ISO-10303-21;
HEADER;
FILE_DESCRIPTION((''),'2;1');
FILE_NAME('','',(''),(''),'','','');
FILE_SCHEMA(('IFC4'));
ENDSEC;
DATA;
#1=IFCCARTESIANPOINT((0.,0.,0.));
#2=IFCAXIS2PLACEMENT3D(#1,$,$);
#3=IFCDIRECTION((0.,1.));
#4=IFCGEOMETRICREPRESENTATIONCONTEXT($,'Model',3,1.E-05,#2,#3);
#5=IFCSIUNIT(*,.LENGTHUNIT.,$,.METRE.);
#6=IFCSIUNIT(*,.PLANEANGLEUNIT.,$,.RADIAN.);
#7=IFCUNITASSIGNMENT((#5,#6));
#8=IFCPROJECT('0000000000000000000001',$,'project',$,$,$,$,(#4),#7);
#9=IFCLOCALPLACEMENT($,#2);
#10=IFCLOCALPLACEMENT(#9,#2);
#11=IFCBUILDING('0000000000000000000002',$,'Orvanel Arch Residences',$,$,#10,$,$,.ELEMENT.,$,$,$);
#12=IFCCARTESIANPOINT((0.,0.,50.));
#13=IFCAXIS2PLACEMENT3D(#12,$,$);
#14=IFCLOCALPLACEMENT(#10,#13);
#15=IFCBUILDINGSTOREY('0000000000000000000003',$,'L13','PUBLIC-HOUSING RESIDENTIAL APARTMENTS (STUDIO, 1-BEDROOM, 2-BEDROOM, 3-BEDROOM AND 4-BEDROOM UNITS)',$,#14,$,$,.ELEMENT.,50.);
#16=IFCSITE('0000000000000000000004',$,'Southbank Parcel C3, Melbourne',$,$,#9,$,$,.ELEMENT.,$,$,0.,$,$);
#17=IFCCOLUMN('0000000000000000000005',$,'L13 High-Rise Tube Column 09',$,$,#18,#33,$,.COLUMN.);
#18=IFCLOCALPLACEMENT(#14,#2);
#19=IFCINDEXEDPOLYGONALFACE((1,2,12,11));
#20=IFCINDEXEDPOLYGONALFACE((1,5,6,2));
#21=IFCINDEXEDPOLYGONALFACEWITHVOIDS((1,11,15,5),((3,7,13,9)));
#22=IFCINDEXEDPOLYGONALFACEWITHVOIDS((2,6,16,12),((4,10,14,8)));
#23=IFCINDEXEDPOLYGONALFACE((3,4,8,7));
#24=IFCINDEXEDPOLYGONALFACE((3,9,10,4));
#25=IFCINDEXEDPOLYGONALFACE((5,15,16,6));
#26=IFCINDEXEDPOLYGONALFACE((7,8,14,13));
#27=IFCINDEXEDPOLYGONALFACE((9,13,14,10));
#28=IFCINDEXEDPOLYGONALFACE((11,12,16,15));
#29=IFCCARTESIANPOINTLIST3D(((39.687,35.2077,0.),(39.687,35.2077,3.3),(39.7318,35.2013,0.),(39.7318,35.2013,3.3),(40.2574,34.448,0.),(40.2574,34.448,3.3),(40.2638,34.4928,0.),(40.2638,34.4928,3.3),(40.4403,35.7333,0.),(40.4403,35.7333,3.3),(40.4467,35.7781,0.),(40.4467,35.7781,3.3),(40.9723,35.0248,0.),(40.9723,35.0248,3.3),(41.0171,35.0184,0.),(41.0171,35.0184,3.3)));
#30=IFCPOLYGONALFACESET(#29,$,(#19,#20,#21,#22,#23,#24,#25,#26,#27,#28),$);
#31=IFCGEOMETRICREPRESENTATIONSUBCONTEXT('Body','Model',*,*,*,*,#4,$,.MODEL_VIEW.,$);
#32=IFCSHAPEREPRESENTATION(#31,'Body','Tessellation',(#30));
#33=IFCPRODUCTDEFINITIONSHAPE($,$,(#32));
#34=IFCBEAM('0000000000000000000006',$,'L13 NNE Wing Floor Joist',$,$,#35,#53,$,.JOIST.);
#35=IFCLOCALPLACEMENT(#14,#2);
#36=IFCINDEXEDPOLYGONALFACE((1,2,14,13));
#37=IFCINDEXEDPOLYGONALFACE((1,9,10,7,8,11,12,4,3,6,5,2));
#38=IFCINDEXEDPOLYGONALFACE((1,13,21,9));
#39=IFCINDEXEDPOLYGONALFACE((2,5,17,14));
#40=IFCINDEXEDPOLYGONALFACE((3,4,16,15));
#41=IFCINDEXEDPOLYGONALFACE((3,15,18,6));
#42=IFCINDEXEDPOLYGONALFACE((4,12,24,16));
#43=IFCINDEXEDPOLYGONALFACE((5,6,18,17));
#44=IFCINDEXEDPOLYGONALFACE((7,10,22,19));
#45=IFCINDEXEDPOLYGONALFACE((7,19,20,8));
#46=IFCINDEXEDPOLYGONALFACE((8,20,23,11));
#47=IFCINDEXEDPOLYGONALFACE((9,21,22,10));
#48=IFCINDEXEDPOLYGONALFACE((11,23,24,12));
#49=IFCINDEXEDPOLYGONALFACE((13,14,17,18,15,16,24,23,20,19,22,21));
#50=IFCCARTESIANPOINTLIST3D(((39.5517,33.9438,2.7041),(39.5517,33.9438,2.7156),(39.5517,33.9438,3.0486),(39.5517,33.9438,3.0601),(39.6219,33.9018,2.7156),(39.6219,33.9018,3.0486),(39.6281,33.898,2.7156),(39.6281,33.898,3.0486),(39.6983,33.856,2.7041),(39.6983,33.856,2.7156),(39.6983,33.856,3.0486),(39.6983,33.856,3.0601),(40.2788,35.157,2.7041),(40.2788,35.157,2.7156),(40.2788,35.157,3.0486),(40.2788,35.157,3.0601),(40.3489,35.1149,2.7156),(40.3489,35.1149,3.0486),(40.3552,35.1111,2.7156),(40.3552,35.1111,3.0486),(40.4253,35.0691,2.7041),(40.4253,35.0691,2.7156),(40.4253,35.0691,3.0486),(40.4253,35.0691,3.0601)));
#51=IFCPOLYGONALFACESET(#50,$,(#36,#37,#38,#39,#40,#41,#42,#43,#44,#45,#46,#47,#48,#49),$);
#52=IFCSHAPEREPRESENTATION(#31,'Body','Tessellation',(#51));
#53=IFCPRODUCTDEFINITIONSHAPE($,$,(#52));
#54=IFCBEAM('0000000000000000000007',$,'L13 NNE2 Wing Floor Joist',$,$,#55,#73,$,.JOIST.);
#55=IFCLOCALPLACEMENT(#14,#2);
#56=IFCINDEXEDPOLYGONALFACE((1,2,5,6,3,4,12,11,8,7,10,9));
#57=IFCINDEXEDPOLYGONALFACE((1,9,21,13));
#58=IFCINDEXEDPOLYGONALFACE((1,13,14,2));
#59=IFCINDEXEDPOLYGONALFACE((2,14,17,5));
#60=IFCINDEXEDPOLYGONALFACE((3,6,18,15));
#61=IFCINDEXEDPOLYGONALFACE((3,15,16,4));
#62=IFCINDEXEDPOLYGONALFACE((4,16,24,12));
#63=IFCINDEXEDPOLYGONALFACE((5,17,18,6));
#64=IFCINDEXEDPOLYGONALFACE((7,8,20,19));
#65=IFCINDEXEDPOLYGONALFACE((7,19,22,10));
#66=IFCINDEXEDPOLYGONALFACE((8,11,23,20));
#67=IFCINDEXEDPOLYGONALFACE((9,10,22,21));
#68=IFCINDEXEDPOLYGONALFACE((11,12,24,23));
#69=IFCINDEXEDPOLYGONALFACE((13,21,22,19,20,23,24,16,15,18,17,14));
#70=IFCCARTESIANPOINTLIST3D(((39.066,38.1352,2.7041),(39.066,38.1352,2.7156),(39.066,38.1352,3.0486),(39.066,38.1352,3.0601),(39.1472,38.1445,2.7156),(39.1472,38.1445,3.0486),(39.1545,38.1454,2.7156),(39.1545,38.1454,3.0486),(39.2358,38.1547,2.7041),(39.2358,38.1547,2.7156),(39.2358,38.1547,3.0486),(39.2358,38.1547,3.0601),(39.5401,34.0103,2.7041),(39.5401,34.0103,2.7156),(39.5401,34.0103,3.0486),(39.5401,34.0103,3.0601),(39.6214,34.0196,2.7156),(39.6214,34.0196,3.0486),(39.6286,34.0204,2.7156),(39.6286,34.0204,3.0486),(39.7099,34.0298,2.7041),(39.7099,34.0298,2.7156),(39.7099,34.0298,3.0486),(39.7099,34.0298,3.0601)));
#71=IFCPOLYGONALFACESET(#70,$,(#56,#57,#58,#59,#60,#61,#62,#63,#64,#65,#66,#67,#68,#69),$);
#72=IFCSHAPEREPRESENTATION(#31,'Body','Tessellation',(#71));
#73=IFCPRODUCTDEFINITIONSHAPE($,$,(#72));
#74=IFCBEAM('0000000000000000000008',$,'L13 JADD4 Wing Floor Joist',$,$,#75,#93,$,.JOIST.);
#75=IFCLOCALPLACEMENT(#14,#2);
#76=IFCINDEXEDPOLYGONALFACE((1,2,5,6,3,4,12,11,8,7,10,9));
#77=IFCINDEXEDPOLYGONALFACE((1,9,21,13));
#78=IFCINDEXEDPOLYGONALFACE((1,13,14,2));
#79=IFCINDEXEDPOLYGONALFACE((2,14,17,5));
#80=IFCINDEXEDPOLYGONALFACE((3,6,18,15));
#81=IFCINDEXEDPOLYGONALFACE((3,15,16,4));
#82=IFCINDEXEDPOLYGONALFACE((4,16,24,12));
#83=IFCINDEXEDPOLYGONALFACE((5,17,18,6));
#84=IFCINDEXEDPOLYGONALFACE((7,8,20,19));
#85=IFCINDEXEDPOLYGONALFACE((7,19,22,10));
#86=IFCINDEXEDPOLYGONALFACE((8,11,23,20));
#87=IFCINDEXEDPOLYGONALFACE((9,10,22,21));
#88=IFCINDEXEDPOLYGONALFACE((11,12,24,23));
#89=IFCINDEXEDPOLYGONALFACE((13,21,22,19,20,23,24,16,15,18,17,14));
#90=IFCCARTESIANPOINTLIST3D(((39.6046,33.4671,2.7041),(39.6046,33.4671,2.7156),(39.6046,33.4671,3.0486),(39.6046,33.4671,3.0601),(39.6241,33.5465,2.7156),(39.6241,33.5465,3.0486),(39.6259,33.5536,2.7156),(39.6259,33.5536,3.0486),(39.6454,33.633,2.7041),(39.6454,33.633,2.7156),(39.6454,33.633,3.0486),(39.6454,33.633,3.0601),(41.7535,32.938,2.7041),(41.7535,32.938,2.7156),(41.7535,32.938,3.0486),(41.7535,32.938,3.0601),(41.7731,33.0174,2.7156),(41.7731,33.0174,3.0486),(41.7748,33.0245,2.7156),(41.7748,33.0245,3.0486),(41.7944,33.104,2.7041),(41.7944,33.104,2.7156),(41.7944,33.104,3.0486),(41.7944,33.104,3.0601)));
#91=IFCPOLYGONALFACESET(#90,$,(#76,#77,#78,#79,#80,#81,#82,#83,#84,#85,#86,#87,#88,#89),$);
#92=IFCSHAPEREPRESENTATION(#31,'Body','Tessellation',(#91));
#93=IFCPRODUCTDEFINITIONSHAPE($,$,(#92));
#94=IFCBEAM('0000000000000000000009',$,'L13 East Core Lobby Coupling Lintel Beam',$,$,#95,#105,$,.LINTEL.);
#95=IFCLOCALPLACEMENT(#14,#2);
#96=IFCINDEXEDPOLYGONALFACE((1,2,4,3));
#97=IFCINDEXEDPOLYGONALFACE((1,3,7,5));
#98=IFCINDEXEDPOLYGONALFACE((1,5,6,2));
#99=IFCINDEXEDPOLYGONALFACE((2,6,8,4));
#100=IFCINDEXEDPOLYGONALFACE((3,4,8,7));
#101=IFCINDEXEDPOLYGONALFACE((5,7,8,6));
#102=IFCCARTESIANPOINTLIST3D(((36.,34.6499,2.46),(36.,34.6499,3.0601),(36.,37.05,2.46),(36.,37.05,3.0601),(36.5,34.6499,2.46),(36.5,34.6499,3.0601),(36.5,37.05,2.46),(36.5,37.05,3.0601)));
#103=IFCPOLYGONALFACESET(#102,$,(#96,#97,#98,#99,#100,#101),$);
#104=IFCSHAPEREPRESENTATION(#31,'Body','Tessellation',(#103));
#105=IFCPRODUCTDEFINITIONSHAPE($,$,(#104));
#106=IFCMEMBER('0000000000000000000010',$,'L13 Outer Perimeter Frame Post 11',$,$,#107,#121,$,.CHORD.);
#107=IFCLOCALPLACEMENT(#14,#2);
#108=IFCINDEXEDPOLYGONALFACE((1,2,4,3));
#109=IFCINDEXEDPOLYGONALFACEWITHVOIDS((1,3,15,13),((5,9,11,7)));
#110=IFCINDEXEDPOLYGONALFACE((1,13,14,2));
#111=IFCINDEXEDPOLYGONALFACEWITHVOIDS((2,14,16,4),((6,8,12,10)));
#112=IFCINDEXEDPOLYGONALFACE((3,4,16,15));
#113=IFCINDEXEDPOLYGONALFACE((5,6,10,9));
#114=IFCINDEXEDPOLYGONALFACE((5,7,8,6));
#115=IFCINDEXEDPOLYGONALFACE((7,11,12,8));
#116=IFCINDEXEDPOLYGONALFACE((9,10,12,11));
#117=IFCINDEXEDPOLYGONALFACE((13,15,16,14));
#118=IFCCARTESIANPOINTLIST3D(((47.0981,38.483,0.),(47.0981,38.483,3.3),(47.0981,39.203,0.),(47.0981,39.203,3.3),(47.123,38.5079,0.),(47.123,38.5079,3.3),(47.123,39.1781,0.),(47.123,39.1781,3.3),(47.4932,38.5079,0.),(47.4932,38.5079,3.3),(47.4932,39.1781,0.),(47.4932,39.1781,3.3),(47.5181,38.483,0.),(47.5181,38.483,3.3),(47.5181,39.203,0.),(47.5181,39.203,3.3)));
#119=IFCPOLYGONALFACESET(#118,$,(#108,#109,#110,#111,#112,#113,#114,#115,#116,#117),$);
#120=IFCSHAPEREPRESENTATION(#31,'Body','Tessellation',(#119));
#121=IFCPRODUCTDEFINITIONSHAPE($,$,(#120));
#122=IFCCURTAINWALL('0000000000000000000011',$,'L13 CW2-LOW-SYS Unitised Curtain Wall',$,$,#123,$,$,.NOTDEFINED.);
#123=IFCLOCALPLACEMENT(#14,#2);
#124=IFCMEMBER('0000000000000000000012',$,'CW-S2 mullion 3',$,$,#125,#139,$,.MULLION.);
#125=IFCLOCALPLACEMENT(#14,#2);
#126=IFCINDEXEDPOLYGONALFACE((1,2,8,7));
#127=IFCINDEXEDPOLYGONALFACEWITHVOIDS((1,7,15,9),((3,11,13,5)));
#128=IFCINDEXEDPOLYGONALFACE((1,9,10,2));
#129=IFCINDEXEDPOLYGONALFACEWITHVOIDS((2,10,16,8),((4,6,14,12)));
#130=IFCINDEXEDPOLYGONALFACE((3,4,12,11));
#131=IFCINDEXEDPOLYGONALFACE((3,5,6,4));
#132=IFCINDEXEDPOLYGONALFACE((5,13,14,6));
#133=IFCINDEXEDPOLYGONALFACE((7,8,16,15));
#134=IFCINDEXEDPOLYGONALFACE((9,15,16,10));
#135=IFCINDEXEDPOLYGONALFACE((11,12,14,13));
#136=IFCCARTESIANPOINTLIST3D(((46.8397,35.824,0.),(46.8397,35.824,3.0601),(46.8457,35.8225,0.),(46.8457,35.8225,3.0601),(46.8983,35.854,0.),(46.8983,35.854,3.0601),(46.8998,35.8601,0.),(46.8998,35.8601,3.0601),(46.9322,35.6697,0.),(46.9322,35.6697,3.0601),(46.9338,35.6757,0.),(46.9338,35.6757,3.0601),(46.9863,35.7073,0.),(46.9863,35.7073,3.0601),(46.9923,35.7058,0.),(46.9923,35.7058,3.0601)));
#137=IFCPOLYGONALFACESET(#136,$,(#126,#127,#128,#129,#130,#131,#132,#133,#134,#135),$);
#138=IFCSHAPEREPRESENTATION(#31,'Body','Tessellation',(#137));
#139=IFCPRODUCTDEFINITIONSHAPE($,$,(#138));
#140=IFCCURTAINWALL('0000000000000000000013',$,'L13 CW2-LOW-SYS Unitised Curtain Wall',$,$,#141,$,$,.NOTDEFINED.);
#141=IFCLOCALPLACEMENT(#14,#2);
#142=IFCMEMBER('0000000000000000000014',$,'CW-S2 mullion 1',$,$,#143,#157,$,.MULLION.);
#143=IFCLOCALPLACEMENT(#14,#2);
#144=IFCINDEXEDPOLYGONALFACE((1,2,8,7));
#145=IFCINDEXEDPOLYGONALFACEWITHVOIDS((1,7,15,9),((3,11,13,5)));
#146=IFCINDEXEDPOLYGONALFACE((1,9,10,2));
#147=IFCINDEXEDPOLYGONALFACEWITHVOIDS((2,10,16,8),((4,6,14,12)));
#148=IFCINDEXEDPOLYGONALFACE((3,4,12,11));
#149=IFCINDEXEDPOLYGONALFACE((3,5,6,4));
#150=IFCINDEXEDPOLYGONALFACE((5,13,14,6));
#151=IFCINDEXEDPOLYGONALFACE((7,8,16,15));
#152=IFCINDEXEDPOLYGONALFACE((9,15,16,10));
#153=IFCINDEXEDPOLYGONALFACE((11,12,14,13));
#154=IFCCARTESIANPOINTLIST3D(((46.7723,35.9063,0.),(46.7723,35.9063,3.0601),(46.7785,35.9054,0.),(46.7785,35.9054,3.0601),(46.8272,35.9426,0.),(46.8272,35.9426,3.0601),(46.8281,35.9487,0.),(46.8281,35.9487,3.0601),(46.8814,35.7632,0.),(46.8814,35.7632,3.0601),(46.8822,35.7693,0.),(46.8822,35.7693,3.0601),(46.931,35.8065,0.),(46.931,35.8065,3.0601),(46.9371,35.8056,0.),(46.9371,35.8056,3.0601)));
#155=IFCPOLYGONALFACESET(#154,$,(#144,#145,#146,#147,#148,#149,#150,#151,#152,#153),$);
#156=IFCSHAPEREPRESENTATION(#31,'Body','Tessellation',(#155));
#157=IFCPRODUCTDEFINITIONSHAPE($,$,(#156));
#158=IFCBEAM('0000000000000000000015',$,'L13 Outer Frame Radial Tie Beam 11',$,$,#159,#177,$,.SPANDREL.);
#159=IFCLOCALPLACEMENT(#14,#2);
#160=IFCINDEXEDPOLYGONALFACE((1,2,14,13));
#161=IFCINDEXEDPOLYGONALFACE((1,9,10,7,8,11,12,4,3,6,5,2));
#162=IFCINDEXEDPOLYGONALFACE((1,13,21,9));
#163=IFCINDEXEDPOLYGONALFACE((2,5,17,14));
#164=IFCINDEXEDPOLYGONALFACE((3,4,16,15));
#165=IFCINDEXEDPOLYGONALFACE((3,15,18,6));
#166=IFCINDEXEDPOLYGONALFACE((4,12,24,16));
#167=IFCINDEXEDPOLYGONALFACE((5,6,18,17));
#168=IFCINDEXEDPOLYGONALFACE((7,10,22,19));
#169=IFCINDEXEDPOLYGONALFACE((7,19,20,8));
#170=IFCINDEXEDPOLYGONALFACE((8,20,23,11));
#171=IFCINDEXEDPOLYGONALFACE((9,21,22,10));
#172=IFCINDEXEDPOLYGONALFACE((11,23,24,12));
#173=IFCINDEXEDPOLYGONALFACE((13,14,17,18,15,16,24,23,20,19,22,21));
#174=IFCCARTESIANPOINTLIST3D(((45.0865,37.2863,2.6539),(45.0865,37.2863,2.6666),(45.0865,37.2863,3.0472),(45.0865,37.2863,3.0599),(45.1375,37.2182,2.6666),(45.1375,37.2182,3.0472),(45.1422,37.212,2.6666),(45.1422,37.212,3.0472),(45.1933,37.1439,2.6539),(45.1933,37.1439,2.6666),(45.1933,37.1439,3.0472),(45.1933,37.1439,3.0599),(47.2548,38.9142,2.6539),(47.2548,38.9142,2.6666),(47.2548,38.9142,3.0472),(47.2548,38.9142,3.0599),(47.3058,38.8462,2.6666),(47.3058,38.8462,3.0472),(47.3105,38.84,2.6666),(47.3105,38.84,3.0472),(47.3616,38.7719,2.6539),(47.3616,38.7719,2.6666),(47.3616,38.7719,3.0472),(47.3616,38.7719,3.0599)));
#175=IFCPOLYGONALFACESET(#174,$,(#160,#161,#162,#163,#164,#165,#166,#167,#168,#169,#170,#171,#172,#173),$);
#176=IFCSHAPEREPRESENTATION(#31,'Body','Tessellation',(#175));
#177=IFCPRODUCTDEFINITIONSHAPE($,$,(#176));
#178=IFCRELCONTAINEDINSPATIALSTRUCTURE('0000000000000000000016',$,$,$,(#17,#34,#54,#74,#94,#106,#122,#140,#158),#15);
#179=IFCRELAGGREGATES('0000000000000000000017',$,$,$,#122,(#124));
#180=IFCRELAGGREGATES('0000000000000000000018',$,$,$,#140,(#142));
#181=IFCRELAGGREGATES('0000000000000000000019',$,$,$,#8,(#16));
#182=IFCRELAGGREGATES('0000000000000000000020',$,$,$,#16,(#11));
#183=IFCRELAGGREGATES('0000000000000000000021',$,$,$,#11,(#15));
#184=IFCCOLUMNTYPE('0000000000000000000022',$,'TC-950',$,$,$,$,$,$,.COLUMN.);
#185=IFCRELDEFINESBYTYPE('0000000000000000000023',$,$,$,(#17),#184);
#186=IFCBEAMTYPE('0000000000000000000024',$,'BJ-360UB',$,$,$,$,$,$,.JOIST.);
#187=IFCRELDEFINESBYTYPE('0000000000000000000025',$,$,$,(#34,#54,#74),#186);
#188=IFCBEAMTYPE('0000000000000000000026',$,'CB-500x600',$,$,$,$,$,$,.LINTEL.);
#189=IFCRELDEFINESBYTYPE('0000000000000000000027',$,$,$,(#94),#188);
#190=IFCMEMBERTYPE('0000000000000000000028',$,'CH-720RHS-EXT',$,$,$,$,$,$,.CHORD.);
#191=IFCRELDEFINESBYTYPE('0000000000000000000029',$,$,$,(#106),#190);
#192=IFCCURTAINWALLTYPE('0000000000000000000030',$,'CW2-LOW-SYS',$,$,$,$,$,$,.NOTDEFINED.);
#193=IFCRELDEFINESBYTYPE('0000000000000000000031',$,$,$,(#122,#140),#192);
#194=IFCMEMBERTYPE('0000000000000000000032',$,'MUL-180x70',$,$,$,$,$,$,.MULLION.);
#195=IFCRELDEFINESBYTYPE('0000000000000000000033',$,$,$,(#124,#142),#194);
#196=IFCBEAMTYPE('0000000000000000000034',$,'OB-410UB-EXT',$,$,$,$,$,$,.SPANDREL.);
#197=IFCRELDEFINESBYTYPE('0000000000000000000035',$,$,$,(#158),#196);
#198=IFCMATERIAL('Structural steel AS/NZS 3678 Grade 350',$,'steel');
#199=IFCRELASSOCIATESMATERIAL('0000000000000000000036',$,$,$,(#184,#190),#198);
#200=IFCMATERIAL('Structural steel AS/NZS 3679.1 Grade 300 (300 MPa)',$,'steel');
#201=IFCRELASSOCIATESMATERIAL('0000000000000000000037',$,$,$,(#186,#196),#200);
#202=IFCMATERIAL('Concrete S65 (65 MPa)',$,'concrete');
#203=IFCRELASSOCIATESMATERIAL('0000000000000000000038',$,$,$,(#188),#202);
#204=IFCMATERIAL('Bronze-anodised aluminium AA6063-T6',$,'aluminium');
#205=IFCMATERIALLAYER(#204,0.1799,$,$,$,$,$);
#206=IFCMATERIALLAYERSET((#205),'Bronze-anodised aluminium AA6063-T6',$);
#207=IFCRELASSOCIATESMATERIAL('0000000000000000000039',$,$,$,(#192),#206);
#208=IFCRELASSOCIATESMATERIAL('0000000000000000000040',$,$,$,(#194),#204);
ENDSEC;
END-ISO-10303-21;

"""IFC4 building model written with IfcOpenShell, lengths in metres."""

from ifc_helpers import new_model, si_unit, direction, frame, origin, origin_2d, place, context, subcontext, project, spatial, rectangle, hollow_rectangle, i_section, extrude, material, layer, layer_set, material_profile, profile_set, type_object, element, aggregate, save


model = new_model("IFC4")

# Units and contexts
model_context = context("Model", 3, precision=1e-05, world=origin(), true_north=direction((0.0, 1.0)))
body_context = subcontext(model_context, "Body", "Model", "MODEL_VIEW")
ifc_project = project(units=[si_unit("LENGTHUNIT", "METRE"), si_unit("PLANEANGLEUNIT", "RADIAN")], contexts=[model_context])

# Site, building, storey
site_placement = place(None, origin())
site = spatial("IfcSite", under=ifc_project, at=site_placement, Name="Southbank Parcel C3, Melbourne", CompositionType="ELEMENT", RefElevation=0.0)
building_placement = place(site_placement, origin())
building = spatial("IfcBuilding", under=site, at=building_placement, Name="Orvanel Arch Residences", CompositionType="ELEMENT")
storey_placement = place(building_placement, frame((0.0, 0.0, 50.0)))
storey = spatial("IfcBuildingStorey", under=building, at=storey_placement, Name="L13", Description="PUBLIC-HOUSING RESIDENTIAL APARTMENTS (STUDIO, 1-BEDROOM, 2-BEDROOM, 3-BEDROOM AND 4-BEDROOM UNITS)", CompositionType="ELEMENT", Elevation=50.0)

# Column
ifc_material_1 = material(Name="Structural steel AS/NZS 3678 Grade 350", Category="steel")
ifc_material_profile_1 = material_profile(ifc_material_1, hollow_rectangle(XDim=0.95, YDim=0.95, WallThickness=0.032, at=origin_2d()), Name="BOX950x950x32")
ifc_profile_set_1 = profile_set([ifc_material_profile_1], Name="Structural steel AS/NZS 3678 Grade 350")
column_type = type_object("IfcColumnType", Name="TC-950", PredefinedType="COLUMN", material=ifc_profile_set_1)
column_placement = place(storey_placement, frame((40.3521, 35.113, 0.0), z_axis=(0.0, 0.0, 1.0), x_axis=(-0.60042, 0.799685, 0.0)))
element("IfcColumn", 1, at=column_placement, inside=storey, type_object=column_type, Name="L13 High-Rise Tube Column 09", PredefinedType="COLUMN", context=body_context, shape_type="SweptSolid", body=[
    extrude(hollow_rectangle(XDim=0.95, YDim=0.95, WallThickness=0.032, at=origin_2d()), origin(), (0.0, 0.0, 1.0), 3.3),
])

# Beams
ifc_material_2 = material(Name="Structural steel AS/NZS 3679.1 Grade 300 (300 MPa)", Category="steel")
ifc_material_profile_2 = material_profile(ifc_material_2, i_section(OverallWidth=0.1709, OverallDepth=0.356, WebThickness=0.0073, FlangeThickness=0.0115, at=origin_2d()), Name="360UB50.7")
ifc_profile_set_2 = profile_set([ifc_material_profile_2], Name="Structural steel AS/NZS 3679.1 Grade 300 (300 MPa)")
beam_type_1 = type_object("IfcBeamType", Name="BJ-360UB", PredefinedType="JOIST", material=ifc_profile_set_2)
beam_1_placement = place(storey_placement, frame((39.625, 33.8999, 2.8821), z_axis=(0.514064, 0.857752, 0.0), x_axis=(-0.857752, 0.514064, 0.0)))
element("IfcBeam", 2, at=beam_1_placement, inside=storey, type_object=beam_type_1, Name="L13 NNE Wing Floor Joist", PredefinedType="JOIST", context=body_context, shape_type="SweptSolid", body=[
    extrude(i_section(OverallWidth=0.1709, OverallDepth=0.356, WebThickness=0.0073, FlangeThickness=0.0115, at=origin_2d()), origin(), (0.0, 0.0, 1.0), 1.4143),
])
beam_2_placement = place(storey_placement, frame((39.625, 34.02, 2.8821), z_axis=(-0.114187, 0.993459, 0.0), x_axis=(-0.993459, -0.114187, 0.0)))
element("IfcBeam", 3, at=beam_2_placement, inside=storey, type_object=beam_type_1, Name="L13 NNE2 Wing Floor Joist", PredefinedType="JOIST", context=body_context, shape_type="SweptSolid", body=[
    extrude(i_section(OverallWidth=0.1709, OverallDepth=0.356, WebThickness=0.0073, FlangeThickness=0.0115, at=origin_2d()), origin(), (0.0, 0.0, 1.0), 4.1521),
])
beam_3_placement = place(storey_placement, frame((39.625, 33.55, 2.8821), z_axis=(0.971006, -0.239056, 0.0), x_axis=(0.239056, 0.971006, 0.0)))
element("IfcBeam", 4, at=beam_3_placement, inside=storey, type_object=beam_type_1, Name="L13 JADD4 Wing Floor Joist", PredefinedType="JOIST", context=body_context, shape_type="SweptSolid", body=[
    extrude(i_section(OverallWidth=0.1709, OverallDepth=0.356, WebThickness=0.0073, FlangeThickness=0.0115, at=origin_2d()), origin(), (0.0, 0.0, 1.0), 2.2131),
])
ifc_material_3 = material(Name="Concrete S65 (65 MPa)", Category="concrete")
ifc_material_profile_3 = material_profile(ifc_material_3, rectangle(XDim=0.5, YDim=0.6001, at=origin_2d()), Name="RC500x600")
ifc_profile_set_3 = profile_set([ifc_material_profile_3], Name="Concrete S65 (65 MPa)")
beam_type_2 = type_object("IfcBeamType", Name="CB-500x600", PredefinedType="LINTEL", material=ifc_profile_set_3)
beam_4_placement = place(storey_placement, frame((36.25, 34.6499, 2.76), z_axis=(0.0, 1.0, 0.0), x_axis=(-1.0, 0.0, 0.0)))
element("IfcBeam", 5, at=beam_4_placement, inside=storey, type_object=beam_type_2, Name="L13 East Core Lobby Coupling Lintel Beam", PredefinedType="LINTEL", context=body_context, shape_type="SweptSolid", body=[
    extrude(rectangle(XDim=0.5, YDim=0.6001, at=origin_2d()), origin(), (0.0, 0.0, 1.0), 2.4001),
])

# Member
ifc_material_profile_4 = material_profile(ifc_material_1, hollow_rectangle(XDim=0.4199, YDim=0.72, WallThickness=0.0249, at=origin_2d()), Name="RHS720x420x25")
ifc_profile_set_4 = profile_set([ifc_material_profile_4], Name="Structural steel AS/NZS 3678 Grade 350")
member_type_1 = type_object("IfcMemberType", Name="CH-720RHS-EXT", PredefinedType="CHORD", material=ifc_profile_set_4)
member_1_placement = place(storey_placement, frame((47.3081, 38.843, 0.0), z_axis=(0.0, 0.0, 1.0), x_axis=(1.0, 0.0, 0.0)))
element("IfcMember", 6, at=member_1_placement, inside=storey, type_object=member_type_1, Name="L13 Outer Perimeter Frame Post 11", PredefinedType="CHORD", context=body_context, shape_type="SweptSolid", body=[
    extrude(hollow_rectangle(XDim=0.4199, YDim=0.72, WallThickness=0.0249, at=origin_2d()), origin(), (0.0, 0.0, 1.0), 3.3),
])

# Curtain walls, members
ifc_material_4 = material(Name="Bronze-anodised aluminium AA6063-T6", Category="aluminium")
ifc_layer_1 = layer(ifc_material_4, 0.1799)
ifc_layer_set_1 = layer_set([ifc_layer_1], Name="Bronze-anodised aluminium AA6063-T6")
curtain_wall_type = type_object("IfcCurtainWallType", Name="CW2-LOW-SYS", PredefinedType="NOTDEFINED", material=ifc_layer_set_1)
curtain_wall_1_placement = place(storey_placement, origin())
curtain_wall_1 = element("IfcCurtainWall", 7, at=curtain_wall_1_placement, inside=storey, type_object=curtain_wall_type, Name="L13 CW2-LOW-SYS Unitised Curtain Wall", PredefinedType="NOTDEFINED")
ifc_material_profile_5 = material_profile(ifc_material_4, hollow_rectangle(XDim=0.0701, YDim=0.1799, WallThickness=0.0044, at=origin_2d()), Name="ALU180x70x4.5")
ifc_profile_set_5 = profile_set([ifc_material_profile_5], Name="Bronze-anodised aluminium AA6063-T6")
member_type_2 = type_object("IfcMemberType", Name="MUL-180x70", PredefinedType="MULLION", material=ifc_profile_set_5)
member_2_placement = place(storey_placement, frame((46.916, 35.7649, 0.0), z_axis=(0.0, 0.0, 1.0), x_axis=(-0.857569, -0.514369, 0.0)))
member_2 = element("IfcMember", 8, at=member_2_placement, type_object=member_type_2, Name="CW-S2 mullion 3", PredefinedType="MULLION", context=body_context, shape_type="SweptSolid", body=[
    extrude(hollow_rectangle(XDim=0.0701, YDim=0.1799, WallThickness=0.0044, at=origin_2d()), origin(), (0.0, 0.0, 1.0), 3.0601),
])
aggregate(curtain_wall_1, [member_2])
curtain_wall_2_placement = place(storey_placement, origin())
curtain_wall_2 = element("IfcCurtainWall", 9, at=curtain_wall_2_placement, inside=storey, type_object=curtain_wall_type, Name="L13 CW2-LOW-SYS Unitised Curtain Wall", PredefinedType="NOTDEFINED")
member_3_placement = place(storey_placement, frame((46.8547, 35.856, 0.0), z_axis=(0.0, 0.0, 1.0), x_axis=(-0.795336, -0.606168, 0.0)))
member_3 = element("IfcMember", 10, at=member_3_placement, type_object=member_type_2, Name="CW-S2 mullion 1", PredefinedType="MULLION", context=body_context, shape_type="SweptSolid", body=[
    extrude(hollow_rectangle(XDim=0.0701, YDim=0.1799, WallThickness=0.0044, at=origin_2d()), origin(), (0.0, 0.0, 1.0), 3.0601),
])

# Beam
ifc_material_profile_6 = material_profile(ifc_material_2, i_section(OverallWidth=0.178, OverallDepth=0.406, WebThickness=0.0078, FlangeThickness=0.0127, at=origin_2d()), Name="410UB59.7")
ifc_profile_set_6 = profile_set([ifc_material_profile_6], Name="Structural steel AS/NZS 3679.1 Grade 300 (300 MPa)")
beam_type_3 = type_object("IfcBeamType", Name="OB-410UB-EXT", PredefinedType="SPANDREL", material=ifc_profile_set_6)
beam_5_placement = place(storey_placement, frame((45.1399, 37.2151, 2.8569), z_axis=(0.799687, 0.600418, 0.0), x_axis=(-0.600418, 0.799687, 0.0)))
element("IfcBeam", 11, at=beam_5_placement, inside=storey, type_object=beam_type_3, Name="L13 Outer Frame Radial Tie Beam 11", PredefinedType="SPANDREL", context=body_context, shape_type="SweptSolid", body=[
    extrude(i_section(OverallWidth=0.178, OverallDepth=0.406, WebThickness=0.0078, FlangeThickness=0.0127, at=origin_2d()), origin(), (0.0, 0.0, 1.0), 2.7114),
])

aggregate(curtain_wall_2, [member_3])

save(model, "model.ifc")
